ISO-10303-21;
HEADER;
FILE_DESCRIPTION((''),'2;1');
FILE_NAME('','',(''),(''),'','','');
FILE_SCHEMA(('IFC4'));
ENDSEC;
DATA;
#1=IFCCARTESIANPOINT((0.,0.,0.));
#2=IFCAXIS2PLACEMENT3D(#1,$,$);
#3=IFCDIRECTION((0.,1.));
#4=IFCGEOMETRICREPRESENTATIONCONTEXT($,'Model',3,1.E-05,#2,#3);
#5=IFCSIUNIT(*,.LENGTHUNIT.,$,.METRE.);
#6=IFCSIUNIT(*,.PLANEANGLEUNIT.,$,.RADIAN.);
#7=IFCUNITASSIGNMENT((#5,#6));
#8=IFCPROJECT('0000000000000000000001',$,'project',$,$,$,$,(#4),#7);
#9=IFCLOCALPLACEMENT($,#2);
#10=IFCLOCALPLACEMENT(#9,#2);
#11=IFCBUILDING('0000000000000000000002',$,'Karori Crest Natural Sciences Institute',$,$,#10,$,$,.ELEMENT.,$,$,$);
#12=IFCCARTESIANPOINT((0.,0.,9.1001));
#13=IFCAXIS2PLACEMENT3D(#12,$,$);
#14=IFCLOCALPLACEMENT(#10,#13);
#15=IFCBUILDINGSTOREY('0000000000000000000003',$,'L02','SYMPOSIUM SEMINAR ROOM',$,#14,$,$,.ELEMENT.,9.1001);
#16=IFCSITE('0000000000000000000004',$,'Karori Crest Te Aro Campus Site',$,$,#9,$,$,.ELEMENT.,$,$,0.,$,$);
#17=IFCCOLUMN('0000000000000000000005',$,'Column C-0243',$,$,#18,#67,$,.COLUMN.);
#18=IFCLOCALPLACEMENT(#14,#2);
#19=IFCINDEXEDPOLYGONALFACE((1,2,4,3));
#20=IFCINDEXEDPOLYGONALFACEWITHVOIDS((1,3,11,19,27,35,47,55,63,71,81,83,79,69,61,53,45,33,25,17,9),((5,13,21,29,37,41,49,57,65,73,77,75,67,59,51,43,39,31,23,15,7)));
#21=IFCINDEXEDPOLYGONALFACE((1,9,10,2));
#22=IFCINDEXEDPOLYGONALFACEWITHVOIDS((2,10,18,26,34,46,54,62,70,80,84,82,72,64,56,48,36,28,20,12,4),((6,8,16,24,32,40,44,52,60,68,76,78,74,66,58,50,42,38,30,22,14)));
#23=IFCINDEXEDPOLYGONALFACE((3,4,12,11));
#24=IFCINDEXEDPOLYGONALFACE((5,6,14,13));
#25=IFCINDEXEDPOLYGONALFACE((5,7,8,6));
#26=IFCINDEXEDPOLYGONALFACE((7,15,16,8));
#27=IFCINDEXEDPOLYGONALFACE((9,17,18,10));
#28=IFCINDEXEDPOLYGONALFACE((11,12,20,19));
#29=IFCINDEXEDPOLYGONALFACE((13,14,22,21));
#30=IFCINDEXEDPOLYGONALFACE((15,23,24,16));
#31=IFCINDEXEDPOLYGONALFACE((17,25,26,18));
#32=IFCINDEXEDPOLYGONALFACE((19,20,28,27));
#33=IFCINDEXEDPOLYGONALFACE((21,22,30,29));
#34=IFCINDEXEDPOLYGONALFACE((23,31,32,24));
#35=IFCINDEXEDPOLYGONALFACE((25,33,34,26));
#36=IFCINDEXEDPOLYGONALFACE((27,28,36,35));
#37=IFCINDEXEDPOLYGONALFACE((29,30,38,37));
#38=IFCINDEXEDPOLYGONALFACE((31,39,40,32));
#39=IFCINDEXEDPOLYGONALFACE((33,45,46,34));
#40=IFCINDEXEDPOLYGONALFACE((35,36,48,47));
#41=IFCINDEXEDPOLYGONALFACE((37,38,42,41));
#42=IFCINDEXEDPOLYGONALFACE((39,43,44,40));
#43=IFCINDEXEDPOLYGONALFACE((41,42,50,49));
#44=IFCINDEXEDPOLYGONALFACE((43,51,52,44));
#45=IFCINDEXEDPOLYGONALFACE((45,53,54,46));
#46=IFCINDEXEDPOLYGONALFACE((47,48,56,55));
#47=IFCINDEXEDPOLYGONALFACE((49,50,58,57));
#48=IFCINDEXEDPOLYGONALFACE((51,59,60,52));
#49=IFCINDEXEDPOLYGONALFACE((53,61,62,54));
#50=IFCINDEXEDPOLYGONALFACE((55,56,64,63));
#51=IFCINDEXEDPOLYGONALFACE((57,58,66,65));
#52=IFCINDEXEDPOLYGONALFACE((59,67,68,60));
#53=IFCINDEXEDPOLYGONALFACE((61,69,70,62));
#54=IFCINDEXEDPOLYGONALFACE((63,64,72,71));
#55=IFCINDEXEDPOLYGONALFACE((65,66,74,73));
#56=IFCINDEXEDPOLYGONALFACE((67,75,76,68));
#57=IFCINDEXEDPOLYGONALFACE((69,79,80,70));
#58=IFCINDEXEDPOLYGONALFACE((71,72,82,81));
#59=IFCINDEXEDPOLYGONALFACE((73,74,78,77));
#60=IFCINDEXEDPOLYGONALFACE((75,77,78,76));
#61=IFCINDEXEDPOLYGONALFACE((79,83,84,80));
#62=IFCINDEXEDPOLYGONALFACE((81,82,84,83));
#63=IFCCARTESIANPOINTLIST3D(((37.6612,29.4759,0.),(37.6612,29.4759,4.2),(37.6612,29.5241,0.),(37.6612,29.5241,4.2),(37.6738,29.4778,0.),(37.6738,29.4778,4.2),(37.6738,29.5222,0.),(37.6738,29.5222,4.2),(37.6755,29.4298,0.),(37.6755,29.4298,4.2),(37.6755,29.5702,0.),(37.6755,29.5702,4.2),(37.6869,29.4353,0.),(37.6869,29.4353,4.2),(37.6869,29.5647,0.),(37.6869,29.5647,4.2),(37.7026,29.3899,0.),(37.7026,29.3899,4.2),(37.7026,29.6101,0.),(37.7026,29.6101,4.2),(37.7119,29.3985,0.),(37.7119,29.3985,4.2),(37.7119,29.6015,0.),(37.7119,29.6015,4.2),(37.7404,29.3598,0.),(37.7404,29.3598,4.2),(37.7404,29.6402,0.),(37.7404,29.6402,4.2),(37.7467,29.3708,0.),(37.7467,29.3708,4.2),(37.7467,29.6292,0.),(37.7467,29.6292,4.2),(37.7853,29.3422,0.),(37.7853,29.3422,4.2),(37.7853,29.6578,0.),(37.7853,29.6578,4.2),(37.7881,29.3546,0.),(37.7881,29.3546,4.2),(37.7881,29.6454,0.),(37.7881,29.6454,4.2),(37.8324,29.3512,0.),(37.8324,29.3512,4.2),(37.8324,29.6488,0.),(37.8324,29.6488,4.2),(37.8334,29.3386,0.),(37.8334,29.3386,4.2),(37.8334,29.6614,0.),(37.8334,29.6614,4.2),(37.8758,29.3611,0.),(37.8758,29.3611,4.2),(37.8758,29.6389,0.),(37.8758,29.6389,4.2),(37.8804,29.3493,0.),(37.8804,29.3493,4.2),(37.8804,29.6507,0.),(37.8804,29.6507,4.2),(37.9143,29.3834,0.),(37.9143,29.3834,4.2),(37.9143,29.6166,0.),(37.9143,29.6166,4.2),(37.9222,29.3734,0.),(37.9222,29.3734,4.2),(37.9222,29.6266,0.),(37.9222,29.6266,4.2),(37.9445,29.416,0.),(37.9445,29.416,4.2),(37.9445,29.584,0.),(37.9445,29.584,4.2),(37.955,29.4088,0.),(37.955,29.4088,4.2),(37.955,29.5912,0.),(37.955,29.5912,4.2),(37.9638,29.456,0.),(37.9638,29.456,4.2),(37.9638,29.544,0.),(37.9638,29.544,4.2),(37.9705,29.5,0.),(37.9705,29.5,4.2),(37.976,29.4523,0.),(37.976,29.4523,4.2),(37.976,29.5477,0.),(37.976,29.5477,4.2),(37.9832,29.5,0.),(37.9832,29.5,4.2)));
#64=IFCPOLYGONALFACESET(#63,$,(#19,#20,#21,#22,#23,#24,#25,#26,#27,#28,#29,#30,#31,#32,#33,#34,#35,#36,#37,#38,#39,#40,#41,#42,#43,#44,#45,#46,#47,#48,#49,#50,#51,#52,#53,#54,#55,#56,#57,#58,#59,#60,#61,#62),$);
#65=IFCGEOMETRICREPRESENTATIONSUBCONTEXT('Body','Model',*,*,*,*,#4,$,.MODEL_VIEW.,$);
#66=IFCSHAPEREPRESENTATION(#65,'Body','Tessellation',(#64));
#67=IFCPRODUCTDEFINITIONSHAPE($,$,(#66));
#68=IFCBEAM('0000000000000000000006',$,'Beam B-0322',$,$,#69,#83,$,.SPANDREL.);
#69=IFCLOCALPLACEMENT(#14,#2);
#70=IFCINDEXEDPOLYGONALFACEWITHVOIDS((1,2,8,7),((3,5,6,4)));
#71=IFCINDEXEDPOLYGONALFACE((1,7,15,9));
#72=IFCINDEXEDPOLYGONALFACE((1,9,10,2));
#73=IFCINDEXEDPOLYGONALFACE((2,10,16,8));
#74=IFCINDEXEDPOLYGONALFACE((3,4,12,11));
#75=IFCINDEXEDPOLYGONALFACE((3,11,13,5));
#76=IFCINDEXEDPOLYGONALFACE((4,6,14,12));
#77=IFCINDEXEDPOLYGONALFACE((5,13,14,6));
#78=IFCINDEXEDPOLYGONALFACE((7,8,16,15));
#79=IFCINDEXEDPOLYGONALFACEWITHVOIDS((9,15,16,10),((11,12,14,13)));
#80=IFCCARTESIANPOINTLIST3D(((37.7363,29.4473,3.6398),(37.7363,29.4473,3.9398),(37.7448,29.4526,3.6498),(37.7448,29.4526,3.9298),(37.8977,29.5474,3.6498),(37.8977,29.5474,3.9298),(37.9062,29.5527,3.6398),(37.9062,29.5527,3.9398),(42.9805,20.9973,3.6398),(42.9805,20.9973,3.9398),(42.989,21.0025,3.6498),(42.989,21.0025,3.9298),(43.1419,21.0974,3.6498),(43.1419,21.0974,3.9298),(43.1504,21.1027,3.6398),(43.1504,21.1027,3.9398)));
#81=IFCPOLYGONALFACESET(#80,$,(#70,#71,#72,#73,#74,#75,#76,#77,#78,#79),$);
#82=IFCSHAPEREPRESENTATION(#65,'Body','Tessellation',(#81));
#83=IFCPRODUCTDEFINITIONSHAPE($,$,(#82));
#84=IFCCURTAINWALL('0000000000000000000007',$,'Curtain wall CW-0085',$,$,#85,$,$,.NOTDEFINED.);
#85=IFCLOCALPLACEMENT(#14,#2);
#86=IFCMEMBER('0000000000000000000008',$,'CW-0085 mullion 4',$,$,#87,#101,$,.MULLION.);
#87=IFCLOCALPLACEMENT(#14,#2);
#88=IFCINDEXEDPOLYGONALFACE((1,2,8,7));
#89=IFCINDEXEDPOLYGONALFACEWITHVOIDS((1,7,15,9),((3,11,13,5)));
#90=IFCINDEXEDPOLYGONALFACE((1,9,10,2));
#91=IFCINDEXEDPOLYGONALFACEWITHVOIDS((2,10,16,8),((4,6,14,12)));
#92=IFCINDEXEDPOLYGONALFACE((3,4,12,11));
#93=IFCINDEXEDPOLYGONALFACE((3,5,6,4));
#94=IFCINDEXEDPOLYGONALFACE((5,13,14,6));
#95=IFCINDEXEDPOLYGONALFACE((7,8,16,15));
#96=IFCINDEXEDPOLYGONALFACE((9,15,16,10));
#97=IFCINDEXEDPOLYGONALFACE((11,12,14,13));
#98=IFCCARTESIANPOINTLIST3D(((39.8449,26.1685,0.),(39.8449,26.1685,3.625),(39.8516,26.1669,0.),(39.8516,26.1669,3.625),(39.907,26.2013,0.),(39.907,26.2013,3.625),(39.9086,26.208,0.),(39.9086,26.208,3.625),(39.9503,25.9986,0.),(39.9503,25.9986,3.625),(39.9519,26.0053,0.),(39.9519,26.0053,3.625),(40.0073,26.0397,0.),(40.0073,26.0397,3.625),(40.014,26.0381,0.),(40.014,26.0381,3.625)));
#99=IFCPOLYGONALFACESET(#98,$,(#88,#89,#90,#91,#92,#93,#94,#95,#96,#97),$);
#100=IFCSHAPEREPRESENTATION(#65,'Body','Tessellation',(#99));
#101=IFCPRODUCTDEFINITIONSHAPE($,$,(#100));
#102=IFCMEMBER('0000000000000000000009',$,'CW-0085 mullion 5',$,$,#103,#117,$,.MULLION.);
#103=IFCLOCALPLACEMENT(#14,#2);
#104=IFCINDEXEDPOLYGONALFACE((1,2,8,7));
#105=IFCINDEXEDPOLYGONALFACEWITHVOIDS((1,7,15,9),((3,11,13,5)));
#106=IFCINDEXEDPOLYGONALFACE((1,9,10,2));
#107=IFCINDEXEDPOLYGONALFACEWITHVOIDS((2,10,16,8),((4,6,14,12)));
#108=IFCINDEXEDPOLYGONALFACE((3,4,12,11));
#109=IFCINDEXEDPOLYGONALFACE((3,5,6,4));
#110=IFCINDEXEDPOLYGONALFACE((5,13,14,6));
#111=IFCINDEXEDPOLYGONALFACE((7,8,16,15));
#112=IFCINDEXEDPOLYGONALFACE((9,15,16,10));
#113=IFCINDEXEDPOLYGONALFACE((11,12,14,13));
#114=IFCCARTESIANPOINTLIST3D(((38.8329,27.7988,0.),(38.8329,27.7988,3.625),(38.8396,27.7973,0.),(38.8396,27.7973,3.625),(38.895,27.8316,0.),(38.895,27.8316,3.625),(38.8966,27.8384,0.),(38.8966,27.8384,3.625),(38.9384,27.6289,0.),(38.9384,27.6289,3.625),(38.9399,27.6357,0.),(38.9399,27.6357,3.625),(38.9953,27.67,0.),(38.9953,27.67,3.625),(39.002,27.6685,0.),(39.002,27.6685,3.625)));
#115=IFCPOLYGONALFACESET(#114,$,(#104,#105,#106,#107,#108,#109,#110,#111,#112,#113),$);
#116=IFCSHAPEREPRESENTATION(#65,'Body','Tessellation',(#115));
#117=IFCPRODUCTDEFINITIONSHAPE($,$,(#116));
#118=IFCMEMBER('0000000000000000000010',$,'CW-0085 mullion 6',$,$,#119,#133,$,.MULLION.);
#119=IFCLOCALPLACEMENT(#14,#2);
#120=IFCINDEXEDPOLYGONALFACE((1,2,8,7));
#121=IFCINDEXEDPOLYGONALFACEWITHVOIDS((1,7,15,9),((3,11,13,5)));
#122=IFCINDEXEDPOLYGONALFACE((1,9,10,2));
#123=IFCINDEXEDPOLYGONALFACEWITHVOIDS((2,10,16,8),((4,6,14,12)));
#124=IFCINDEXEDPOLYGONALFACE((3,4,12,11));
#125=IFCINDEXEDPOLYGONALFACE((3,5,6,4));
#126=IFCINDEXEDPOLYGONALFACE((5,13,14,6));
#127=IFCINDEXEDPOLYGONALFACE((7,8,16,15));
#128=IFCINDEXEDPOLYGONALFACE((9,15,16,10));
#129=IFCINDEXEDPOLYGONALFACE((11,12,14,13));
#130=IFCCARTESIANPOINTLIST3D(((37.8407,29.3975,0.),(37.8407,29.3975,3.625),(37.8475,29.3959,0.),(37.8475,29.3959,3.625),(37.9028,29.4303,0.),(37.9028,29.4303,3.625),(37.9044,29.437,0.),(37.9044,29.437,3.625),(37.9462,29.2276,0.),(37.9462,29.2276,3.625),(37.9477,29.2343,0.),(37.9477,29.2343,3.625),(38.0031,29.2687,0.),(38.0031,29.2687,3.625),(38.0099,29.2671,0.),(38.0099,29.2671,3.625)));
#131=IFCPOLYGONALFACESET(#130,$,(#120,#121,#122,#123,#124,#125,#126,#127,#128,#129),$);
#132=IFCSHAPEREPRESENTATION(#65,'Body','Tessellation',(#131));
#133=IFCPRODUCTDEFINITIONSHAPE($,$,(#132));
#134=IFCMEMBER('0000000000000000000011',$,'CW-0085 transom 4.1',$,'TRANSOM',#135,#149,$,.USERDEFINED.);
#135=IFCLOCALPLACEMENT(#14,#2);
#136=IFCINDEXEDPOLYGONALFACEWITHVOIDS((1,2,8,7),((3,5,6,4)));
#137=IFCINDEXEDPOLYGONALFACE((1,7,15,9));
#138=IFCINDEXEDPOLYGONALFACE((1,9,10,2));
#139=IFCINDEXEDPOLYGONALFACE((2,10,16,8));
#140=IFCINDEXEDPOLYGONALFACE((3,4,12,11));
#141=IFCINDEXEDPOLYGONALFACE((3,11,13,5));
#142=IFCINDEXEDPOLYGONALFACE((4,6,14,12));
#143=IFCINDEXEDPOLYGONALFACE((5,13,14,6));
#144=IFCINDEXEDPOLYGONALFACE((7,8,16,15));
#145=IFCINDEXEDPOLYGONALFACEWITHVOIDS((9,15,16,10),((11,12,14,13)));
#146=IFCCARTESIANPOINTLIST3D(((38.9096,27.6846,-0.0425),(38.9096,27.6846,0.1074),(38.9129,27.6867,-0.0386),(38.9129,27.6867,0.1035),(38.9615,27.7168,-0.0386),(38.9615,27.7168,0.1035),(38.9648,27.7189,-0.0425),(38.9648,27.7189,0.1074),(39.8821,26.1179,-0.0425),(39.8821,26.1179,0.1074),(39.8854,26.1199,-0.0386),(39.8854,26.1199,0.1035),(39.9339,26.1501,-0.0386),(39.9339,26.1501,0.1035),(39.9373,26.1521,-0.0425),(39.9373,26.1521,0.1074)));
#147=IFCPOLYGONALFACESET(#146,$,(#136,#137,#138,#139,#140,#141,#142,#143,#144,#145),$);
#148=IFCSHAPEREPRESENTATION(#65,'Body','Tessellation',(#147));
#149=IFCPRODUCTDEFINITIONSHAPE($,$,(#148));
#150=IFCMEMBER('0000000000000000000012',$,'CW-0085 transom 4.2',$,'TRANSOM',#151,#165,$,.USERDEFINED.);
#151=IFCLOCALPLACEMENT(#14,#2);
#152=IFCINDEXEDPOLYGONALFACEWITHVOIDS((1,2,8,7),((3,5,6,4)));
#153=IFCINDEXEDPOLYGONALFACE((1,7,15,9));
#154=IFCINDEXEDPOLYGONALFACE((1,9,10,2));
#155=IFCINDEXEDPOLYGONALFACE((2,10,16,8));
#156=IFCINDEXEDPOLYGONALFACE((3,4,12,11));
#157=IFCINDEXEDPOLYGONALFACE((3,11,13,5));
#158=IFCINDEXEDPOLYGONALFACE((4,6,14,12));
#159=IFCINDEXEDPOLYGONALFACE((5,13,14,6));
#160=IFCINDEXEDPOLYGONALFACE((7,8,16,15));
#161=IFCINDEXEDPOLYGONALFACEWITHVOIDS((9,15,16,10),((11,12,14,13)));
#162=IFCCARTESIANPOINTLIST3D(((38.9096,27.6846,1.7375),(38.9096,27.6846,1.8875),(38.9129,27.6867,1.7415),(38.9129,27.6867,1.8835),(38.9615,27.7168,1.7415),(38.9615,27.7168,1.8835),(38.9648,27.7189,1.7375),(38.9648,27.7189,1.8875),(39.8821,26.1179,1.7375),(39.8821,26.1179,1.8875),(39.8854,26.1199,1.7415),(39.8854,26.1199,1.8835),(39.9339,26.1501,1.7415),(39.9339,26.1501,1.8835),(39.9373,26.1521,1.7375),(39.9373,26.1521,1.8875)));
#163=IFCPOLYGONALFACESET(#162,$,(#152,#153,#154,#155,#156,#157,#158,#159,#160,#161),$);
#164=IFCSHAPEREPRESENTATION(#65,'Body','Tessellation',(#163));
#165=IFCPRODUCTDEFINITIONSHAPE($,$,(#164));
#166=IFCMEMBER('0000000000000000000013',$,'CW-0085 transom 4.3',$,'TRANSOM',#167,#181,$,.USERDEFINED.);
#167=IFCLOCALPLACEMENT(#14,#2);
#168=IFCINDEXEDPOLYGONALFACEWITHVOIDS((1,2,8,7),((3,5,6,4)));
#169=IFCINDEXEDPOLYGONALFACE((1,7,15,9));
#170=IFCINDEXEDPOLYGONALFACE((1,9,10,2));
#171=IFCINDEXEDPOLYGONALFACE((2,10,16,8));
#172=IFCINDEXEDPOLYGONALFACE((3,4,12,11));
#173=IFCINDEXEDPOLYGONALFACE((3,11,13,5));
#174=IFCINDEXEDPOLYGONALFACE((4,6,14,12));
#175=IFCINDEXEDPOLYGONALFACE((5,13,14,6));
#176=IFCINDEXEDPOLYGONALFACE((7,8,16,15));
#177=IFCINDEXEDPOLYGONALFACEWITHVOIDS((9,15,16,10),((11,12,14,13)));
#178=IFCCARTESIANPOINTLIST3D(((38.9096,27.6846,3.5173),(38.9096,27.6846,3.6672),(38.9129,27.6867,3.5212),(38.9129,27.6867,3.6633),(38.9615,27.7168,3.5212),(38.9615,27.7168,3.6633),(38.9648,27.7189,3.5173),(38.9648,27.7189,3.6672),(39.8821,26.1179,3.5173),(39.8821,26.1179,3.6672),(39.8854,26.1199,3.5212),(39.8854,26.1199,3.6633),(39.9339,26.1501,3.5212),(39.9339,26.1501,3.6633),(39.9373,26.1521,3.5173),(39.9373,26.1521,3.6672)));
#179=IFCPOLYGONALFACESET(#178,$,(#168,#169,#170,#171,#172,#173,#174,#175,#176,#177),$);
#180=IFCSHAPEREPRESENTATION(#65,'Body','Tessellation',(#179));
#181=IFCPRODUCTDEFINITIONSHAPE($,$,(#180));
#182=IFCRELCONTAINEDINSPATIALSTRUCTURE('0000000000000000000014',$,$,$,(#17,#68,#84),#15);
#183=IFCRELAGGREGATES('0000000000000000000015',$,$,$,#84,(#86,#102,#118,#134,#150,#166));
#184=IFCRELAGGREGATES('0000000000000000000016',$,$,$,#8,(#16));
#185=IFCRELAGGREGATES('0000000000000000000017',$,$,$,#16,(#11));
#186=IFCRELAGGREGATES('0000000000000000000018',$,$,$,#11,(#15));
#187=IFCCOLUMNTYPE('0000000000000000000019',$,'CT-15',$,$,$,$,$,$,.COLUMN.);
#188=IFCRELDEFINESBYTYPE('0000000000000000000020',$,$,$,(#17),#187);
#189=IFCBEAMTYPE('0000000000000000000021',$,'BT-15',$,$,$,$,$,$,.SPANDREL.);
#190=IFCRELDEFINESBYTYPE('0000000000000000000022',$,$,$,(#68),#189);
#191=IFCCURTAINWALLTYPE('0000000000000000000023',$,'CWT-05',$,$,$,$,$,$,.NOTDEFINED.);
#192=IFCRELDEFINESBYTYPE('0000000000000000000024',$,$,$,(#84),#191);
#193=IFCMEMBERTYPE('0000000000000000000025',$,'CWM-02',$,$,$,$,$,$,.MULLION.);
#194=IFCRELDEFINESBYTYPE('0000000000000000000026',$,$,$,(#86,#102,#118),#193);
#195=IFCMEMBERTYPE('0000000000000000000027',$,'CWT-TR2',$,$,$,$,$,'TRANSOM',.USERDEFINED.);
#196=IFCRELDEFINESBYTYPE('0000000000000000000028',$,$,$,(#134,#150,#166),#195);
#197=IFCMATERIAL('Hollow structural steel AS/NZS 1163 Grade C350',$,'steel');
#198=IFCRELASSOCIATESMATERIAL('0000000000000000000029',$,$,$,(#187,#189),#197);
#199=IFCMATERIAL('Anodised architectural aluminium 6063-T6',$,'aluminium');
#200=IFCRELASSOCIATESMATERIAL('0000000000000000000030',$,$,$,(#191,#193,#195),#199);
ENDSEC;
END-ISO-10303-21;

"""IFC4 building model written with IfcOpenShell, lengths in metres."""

from ifc_helpers import new_model, si_unit, direction, frame, origin, origin_2d, place, context, subcontext, project, spatial, hollow_rectangle, hollow_circle, extrude, material, material_profile, profile_set, type_object, element, aggregate, save


model = new_model("IFC4")

# Units and contexts
model_context = context("Model", 3, precision=1e-05, world=origin(), true_north=direction((0.0, 1.0)))
body_context = subcontext(model_context, "Body", "Model", "MODEL_VIEW")
ifc_project = project(units=[si_unit("LENGTHUNIT", "METRE"), si_unit("PLANEANGLEUNIT", "RADIAN")], contexts=[model_context])

# Site, building, storey
site_placement = place(None, origin())
site = spatial("IfcSite", under=ifc_project, at=site_placement, Name="Karori Crest Te Aro Campus Site", CompositionType="ELEMENT", RefElevation=0.0)
building_placement = place(site_placement, origin())
building = spatial("IfcBuilding", under=site, at=building_placement, Name="Karori Crest Natural Sciences Institute", CompositionType="ELEMENT")
storey_placement = place(building_placement, frame((0.0, 0.0, 9.1001)))
storey = spatial("IfcBuildingStorey", under=building, at=storey_placement, Name="L02", Description="SYMPOSIUM SEMINAR ROOM", CompositionType="ELEMENT", Elevation=9.1001)

# Column
ifc_material_1 = material(Name="Hollow structural steel AS/NZS 1163 Grade C350", Category="steel")
ifc_material_profile_1 = material_profile(ifc_material_1, hollow_circle(Radius=0.1619, WallThickness=0.0127, at=origin_2d()), Name="CHS323.9x12.7")
ifc_profile_set_1 = profile_set([ifc_material_profile_1], Name="Hollow structural steel AS/NZS 1163 Grade C350")
column_type = type_object("IfcColumnType", Name="CT-15", PredefinedType="COLUMN", material=ifc_profile_set_1)
column_placement = place(storey_placement, frame((37.8213, 29.5, 0.0), z_axis=(0.0, 0.0, 1.0), x_axis=(1.0, 0.0, 0.0)))
element("IfcColumn", 1, at=column_placement, inside=storey, type_object=column_type, Name="Column C-0243", PredefinedType="COLUMN", context=body_context, shape_type="SweptSolid", body=[
    extrude(hollow_circle(Radius=0.1619, WallThickness=0.0127, at=origin_2d()), origin(), (0.0, 0.0, 1.0), 4.2),
])

# Beam
ifc_material_profile_2 = material_profile(ifc_material_1, hollow_rectangle(XDim=0.2, YDim=0.3, WallThickness=0.01, at=origin_2d()), Name="RHS300x200x10")
ifc_profile_set_2 = profile_set([ifc_material_profile_2], Name="Hollow structural steel AS/NZS 1163 Grade C350")
beam_type = type_object("IfcBeamType", Name="BT-15", PredefinedType="SPANDREL", material=ifc_profile_set_2)
beam_placement = place(storey_placement, frame((37.8213, 29.5, 3.7898), z_axis=(0.527315, -0.84967, 0.0), x_axis=(0.84967, 0.527315, 0.0)))
element("IfcBeam", 2, at=beam_placement, inside=storey, type_object=beam_type, Name="Beam B-0322", PredefinedType="SPANDREL", context=body_context, shape_type="SweptSolid", body=[
    extrude(hollow_rectangle(XDim=0.2, YDim=0.3, WallThickness=0.01, at=origin_2d()), origin(), (0.0, 0.0, 1.0), 9.9451),
])

# Curtain wall, members
ifc_material_2 = material(Name="Anodised architectural aluminium 6063-T6", Category="aluminium")
curtain_wall_type = type_object("IfcCurtainWallType", Name="CWT-05", PredefinedType="NOTDEFINED", material=ifc_material_2)
curtain_wall_placement = place(storey_placement, origin())
curtain_wall = element("IfcCurtainWall", 3, at=curtain_wall_placement, inside=storey, type_object=curtain_wall_type, Name="Curtain wall CW-0085", PredefinedType="NOTDEFINED")
ifc_material_profile_3 = material_profile(ifc_material_2, hollow_rectangle(XDim=0.075, YDim=0.2, WallThickness=0.0049, at=origin_2d()), Name="CWM200x75x5")
ifc_profile_set_3 = profile_set([ifc_material_profile_3], Name="Anodised architectural aluminium 6063-T6")
member_type_1 = type_object("IfcMemberType", Name="CWM-02", PredefinedType="MULLION", material=ifc_profile_set_3)
member_1_placement = place(storey_placement, frame((39.9294, 26.1033, 0.0), z_axis=(0.0, 0.0, 1.0), x_axis=(-0.849666, -0.527322, 0.0)))
member_1 = element("IfcMember", 4, at=member_1_placement, type_object=member_type_1, Name="CW-0085 mullion 4", PredefinedType="MULLION", context=body_context, shape_type="SweptSolid", body=[
    extrude(hollow_rectangle(XDim=0.075, YDim=0.2, WallThickness=0.0049, at=origin_2d()), origin(), (0.0, 0.0, 1.0), 3.625),
])
member_2_placement = place(storey_placement, frame((38.9175, 27.7336, 0.0), z_axis=(0.0, 0.0, 1.0), x_axis=(-0.849666, -0.527322, 0.0)))
member_2 = element("IfcMember", 5, at=member_2_placement, type_object=member_type_1, Name="CW-0085 mullion 5", PredefinedType="MULLION", context=body_context, shape_type="SweptSolid", body=[
    extrude(hollow_rectangle(XDim=0.075, YDim=0.2, WallThickness=0.0049, at=origin_2d()), origin(), (0.0, 0.0, 1.0), 3.625),
])
member_3_placement = place(storey_placement, frame((37.9253, 29.3323, 0.0), z_axis=(0.0, 0.0, 1.0), x_axis=(-0.849666, -0.527322, 0.0)))
member_3 = element("IfcMember", 6, at=member_3_placement, type_object=member_type_1, Name="CW-0085 mullion 6", PredefinedType="MULLION", context=body_context, shape_type="SweptSolid", body=[
    extrude(hollow_rectangle(XDim=0.075, YDim=0.2, WallThickness=0.0049, at=origin_2d()), origin(), (0.0, 0.0, 1.0), 3.625),
])
ifc_material_profile_4 = material_profile(ifc_material_2, hollow_rectangle(XDim=0.0649, YDim=0.1499, WallThickness=0.0039, at=origin_2d()), Name="CWT150x65x4")
ifc_profile_set_4 = profile_set([ifc_material_profile_4], Name="Anodised architectural aluminium 6063-T6")
member_type_2 = type_object("IfcMemberType", Name="CWT-TR2", ElementType="TRANSOM", PredefinedType="USERDEFINED", material=ifc_profile_set_4)
member_4_placement = place(storey_placement, frame((39.9097, 26.135, 0.0325), z_axis=(-0.527366, 0.849638, 0.0), x_axis=(-0.849638, -0.527366, 0.0)))
member_4 = element("IfcMember", 7, at=member_4_placement, type_object=member_type_2, Name="CW-0085 transom 4.1", ObjectType="TRANSOM", PredefinedType="USERDEFINED", context=body_context, shape_type="SweptSolid", body=[
    extrude(hollow_rectangle(XDim=0.0649, YDim=0.1499, WallThickness=0.0039, at=origin_2d()), origin(), (0.0, 0.0, 1.0), 1.844),
])
member_5_placement = place(storey_placement, frame((39.9097, 26.135, 1.8125), z_axis=(-0.527366, 0.849638, 0.0), x_axis=(-0.849638, -0.527366, 0.0)))
member_5 = element("IfcMember", 8, at=member_5_placement, type_object=member_type_2, Name="CW-0085 transom 4.2", ObjectType="TRANSOM", PredefinedType="USERDEFINED", context=body_context, shape_type="SweptSolid", body=[
    extrude(hollow_rectangle(XDim=0.0649, YDim=0.1499, WallThickness=0.0039, at=origin_2d()), origin(), (0.0, 0.0, 1.0), 1.844),
])
member_6_placement = place(storey_placement, frame((39.9097, 26.135, 3.5923), z_axis=(-0.527366, 0.849638, 0.0), x_axis=(-0.849638, -0.527366, 0.0)))
member_6 = element("IfcMember", 9, at=member_6_placement, type_object=member_type_2, Name="CW-0085 transom 4.3", ObjectType="TRANSOM", PredefinedType="USERDEFINED", context=body_context, shape_type="SweptSolid", body=[
    extrude(hollow_rectangle(XDim=0.0649, YDim=0.1499, WallThickness=0.0039, at=origin_2d()), origin(), (0.0, 0.0, 1.0), 1.844),
])
aggregate(curtain_wall, [member_1, member_2, member_3, member_4, member_5, member_6])

save(model, "model.ifc")
